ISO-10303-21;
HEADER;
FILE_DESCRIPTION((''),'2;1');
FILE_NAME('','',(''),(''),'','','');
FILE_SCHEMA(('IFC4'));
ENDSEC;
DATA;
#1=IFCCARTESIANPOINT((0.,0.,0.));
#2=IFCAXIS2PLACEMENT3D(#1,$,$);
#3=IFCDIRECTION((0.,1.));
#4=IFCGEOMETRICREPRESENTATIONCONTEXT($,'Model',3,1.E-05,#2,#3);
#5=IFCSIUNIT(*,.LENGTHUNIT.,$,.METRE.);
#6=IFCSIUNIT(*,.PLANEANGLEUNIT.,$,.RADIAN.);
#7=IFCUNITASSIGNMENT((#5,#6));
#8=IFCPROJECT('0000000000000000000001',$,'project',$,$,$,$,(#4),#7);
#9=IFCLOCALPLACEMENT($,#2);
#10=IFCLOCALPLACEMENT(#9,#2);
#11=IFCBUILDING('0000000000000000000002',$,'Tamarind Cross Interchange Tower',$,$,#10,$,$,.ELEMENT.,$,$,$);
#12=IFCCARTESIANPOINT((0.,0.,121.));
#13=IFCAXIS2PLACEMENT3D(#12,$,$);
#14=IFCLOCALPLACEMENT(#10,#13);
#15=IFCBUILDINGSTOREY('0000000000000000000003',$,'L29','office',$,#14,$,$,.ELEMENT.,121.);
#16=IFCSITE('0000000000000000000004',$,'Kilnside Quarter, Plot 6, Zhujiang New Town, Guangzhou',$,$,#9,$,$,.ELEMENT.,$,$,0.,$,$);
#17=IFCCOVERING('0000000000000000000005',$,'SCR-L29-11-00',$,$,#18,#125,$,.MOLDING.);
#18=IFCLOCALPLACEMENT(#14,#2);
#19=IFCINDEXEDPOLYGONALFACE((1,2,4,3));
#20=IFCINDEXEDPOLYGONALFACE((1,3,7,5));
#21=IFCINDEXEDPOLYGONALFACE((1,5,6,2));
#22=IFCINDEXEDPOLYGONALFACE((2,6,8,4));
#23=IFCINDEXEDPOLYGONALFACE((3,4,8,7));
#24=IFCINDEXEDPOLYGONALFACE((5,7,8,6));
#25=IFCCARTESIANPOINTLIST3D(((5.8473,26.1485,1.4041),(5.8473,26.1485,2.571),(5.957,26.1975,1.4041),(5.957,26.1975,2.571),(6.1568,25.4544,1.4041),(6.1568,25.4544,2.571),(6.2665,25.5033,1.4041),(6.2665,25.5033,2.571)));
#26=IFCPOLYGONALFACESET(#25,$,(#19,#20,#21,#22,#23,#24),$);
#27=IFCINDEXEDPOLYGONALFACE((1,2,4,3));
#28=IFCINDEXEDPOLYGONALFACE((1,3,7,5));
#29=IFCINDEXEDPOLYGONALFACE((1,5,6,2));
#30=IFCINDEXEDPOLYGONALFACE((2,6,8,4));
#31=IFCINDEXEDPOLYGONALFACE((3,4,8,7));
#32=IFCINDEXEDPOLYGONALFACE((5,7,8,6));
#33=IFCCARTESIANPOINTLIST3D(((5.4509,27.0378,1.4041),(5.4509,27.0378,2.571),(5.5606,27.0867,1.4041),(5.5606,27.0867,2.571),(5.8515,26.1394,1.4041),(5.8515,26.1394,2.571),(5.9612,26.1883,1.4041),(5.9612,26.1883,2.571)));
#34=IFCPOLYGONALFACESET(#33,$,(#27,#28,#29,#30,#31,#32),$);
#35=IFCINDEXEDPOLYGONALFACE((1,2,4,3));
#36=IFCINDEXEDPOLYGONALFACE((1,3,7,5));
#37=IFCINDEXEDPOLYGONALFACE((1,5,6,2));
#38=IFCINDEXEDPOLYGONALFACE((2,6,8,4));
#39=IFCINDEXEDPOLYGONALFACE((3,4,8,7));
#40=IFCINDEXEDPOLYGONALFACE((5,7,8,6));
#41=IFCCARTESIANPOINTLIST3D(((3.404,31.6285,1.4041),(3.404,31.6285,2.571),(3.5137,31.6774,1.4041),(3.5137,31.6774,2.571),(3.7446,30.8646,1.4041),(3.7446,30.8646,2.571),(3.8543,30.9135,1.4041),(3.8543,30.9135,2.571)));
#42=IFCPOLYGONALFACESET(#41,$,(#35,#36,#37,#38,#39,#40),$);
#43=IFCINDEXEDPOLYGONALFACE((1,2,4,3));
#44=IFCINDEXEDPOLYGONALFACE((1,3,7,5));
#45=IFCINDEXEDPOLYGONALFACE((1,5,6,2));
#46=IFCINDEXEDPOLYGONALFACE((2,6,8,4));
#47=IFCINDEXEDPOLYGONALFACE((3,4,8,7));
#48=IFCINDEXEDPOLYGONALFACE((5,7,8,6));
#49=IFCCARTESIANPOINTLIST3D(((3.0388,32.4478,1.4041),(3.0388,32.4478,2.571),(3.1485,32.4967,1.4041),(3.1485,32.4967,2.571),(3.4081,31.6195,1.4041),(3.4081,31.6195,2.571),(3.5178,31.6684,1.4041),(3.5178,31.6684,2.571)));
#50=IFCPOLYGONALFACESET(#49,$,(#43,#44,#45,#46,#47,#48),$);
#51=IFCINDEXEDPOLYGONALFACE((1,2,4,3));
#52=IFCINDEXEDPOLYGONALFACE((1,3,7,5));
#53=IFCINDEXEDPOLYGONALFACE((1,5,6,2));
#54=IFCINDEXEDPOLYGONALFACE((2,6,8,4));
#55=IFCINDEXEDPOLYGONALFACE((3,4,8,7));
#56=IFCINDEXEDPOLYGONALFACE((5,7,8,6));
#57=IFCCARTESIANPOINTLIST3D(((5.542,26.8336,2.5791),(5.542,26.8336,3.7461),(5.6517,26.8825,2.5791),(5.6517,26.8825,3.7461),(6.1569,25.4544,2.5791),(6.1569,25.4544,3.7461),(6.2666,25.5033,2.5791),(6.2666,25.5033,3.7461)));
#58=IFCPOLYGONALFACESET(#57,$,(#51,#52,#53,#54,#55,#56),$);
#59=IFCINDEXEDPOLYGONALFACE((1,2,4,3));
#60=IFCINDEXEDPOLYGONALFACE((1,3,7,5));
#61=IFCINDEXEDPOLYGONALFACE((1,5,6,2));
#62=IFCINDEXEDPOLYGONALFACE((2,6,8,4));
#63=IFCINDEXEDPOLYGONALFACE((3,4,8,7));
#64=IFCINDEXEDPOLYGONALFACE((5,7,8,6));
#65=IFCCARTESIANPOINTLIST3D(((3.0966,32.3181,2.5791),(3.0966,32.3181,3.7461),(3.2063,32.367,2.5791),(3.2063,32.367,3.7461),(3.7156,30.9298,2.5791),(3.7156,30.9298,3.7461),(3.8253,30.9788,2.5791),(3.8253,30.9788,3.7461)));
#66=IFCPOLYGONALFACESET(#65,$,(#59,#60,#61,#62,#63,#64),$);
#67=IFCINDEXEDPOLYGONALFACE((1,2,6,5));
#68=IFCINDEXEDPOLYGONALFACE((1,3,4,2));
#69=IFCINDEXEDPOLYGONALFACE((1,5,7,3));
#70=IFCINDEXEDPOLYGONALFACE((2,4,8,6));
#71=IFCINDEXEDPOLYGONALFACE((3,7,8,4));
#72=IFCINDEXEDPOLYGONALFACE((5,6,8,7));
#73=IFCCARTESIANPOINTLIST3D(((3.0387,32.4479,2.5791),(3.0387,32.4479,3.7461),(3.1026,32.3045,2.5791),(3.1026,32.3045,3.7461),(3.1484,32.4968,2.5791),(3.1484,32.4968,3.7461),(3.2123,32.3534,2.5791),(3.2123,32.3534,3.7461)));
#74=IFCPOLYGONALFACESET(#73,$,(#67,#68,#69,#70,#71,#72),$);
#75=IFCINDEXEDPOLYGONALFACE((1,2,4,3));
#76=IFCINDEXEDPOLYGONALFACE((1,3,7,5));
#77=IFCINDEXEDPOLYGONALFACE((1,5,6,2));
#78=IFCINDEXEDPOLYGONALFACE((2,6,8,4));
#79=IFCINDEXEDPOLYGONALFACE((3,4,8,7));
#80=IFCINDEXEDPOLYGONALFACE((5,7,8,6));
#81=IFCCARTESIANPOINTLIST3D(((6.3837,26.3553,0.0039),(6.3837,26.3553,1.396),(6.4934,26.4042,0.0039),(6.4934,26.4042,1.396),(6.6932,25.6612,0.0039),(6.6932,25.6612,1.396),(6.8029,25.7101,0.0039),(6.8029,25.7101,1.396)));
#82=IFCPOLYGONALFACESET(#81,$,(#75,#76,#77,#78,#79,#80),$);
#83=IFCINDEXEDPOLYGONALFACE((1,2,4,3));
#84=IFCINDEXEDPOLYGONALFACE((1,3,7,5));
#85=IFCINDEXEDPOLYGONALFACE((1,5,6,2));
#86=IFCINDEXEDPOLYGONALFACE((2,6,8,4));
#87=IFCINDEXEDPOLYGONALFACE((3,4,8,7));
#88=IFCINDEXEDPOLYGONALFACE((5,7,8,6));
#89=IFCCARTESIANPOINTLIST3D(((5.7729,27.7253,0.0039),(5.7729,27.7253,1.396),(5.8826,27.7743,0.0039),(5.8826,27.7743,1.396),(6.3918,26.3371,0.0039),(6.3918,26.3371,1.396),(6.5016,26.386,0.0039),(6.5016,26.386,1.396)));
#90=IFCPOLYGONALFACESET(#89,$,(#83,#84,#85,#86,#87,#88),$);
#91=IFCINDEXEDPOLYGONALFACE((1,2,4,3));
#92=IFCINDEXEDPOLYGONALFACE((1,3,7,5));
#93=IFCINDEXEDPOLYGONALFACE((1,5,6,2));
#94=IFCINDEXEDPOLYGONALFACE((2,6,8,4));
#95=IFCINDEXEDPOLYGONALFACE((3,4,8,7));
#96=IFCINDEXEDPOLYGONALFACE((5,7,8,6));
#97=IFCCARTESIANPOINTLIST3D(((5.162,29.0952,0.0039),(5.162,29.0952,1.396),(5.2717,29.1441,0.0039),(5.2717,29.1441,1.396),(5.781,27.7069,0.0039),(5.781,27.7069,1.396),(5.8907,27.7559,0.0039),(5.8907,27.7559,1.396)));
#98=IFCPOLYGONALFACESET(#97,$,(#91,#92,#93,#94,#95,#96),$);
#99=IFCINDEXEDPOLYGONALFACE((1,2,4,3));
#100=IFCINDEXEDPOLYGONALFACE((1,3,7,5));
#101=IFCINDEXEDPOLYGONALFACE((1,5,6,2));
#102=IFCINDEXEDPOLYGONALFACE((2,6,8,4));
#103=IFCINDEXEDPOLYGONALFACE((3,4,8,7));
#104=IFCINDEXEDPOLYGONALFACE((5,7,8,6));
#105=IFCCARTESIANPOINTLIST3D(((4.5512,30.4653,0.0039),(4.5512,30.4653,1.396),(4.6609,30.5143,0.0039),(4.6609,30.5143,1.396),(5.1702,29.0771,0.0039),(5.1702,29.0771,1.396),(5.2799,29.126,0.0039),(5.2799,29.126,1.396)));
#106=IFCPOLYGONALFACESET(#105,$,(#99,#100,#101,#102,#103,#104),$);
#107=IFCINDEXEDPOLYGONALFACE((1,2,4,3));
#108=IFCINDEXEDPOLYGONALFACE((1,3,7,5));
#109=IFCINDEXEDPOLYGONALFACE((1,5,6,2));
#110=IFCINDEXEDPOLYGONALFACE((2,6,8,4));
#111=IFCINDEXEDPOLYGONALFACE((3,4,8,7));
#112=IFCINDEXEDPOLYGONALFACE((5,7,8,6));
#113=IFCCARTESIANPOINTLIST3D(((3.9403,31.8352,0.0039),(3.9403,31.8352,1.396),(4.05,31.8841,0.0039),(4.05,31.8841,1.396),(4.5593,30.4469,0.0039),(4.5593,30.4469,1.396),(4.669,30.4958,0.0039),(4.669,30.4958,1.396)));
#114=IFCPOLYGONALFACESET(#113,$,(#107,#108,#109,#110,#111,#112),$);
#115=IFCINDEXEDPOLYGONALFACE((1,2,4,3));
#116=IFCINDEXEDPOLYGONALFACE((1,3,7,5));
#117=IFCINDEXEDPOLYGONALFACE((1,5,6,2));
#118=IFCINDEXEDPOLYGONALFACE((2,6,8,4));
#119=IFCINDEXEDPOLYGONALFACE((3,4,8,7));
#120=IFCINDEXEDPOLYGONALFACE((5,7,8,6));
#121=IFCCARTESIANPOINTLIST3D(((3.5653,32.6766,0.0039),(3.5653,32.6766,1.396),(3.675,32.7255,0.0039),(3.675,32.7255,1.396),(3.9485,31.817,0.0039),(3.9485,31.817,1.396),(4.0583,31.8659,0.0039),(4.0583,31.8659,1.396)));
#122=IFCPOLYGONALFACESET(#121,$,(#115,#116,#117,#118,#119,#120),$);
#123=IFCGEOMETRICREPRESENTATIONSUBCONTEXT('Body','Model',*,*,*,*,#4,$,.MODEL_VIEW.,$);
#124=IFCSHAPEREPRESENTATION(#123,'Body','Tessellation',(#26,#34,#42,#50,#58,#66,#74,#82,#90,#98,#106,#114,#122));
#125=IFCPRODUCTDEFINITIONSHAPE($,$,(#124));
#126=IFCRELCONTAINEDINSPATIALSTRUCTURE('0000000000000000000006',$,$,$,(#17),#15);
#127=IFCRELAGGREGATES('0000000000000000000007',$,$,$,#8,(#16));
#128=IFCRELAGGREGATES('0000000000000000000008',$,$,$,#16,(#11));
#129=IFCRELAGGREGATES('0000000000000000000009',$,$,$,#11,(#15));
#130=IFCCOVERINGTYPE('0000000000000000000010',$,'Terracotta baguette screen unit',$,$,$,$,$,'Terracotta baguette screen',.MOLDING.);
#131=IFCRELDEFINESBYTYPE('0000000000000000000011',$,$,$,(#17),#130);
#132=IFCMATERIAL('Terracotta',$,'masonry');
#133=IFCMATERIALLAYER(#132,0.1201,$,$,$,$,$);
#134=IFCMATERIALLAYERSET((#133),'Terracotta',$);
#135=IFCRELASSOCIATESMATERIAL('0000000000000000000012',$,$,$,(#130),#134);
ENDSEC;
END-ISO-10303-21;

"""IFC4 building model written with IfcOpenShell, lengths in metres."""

from ifc_helpers import new_model, si_unit, direction, frame, origin, origin_2d, place, context, subcontext, project, spatial, rectangle, extrude, material, layer, layer_set, type_object, element, save


model = new_model("IFC4")

# Units and contexts
model_context = context("Model", 3, precision=1e-05, world=origin(), true_north=direction((0.0, 1.0)))
body_context = subcontext(model_context, "Body", "Model", "MODEL_VIEW")
ifc_project = project(units=[si_unit("LENGTHUNIT", "METRE"), si_unit("PLANEANGLEUNIT", "RADIAN")], contexts=[model_context])

# Site, building, storey
site_placement = place(None, origin())
site = spatial("IfcSite", under=ifc_project, at=site_placement, Name="Kilnside Quarter, Plot 6, Zhujiang New Town, Guangzhou", CompositionType="ELEMENT", RefElevation=0.0)
building_placement = place(site_placement, origin())
building = spatial("IfcBuilding", under=site, at=building_placement, Name="Tamarind Cross Interchange Tower", CompositionType="ELEMENT")
storey_placement = place(building_placement, frame((0.0, 0.0, 121.0)))
storey = spatial("IfcBuildingStorey", under=building, at=storey_placement, Name="L29", Description="office", CompositionType="ELEMENT", Elevation=121.0)

# Covering
ifc_material_1 = material(Name="Terracotta", Category="masonry")
ifc_layer_1 = layer(ifc_material_1, 0.1201)
ifc_layer_set_1 = layer_set([ifc_layer_1], Name="Terracotta")
covering_type = type_object("IfcCoveringType", Name="Terracotta baguette screen unit", ElementType="Terracotta baguette screen", PredefinedType="MOLDING", material=ifc_layer_set_1)
covering_1_placement = place(storey_placement, origin())
element("IfcCovering", 1, at=covering_1_placement, inside=storey, type_object=covering_type, Name="SCR-L29-11-00", PredefinedType="MOLDING", context=body_context, shape_type="SweptSolid", body=[
    extrude(rectangle(XDim=0.76, YDim=0.1201, at=origin_2d()), frame((6.0569, 25.8259, 1.4041), z_axis=(0.0, 0.0, 1.0), x_axis=(-0.407221, 0.91333, 0.0)), (0.0, 0.0, 1.0), 1.167),
    extrude(rectangle(XDim=0.9836, YDim=0.1201, at=origin_2d()), frame((5.7061, 26.613, 1.4041), z_axis=(0.0, 0.0, 1.0), x_axis=(-0.407221, 0.91333, 0.0)), (0.0, 0.0, 1.0), 1.167),
    extrude(rectangle(XDim=0.8364, YDim=0.1201, at=origin_2d()), frame((3.6292, 31.271, 1.4041), z_axis=(0.0, 0.0, 1.0), x_axis=(-0.407221, 0.91333, 0.0)), (0.0, 0.0, 1.0), 1.167),
    extrude(rectangle(XDim=0.907, YDim=0.1201, at=origin_2d()), frame((3.2783, 32.0581, 1.4041), z_axis=(0.0, 0.0, 1.0), x_axis=(-0.407221, 0.91333, 0.0)), (0.0, 0.0, 1.0), 1.167),
    extrude(rectangle(XDim=1.51, YDim=0.1201, at=origin_2d()), frame((5.9043, 26.1685, 2.5791), z_axis=(0.0, 0.0, 1.0), x_axis=(-0.407221, 0.91333, 0.0)), (0.0, 0.0, 1.0), 1.167),
    extrude(rectangle(XDim=1.52, YDim=0.1201, at=origin_2d()), frame((3.4609, 31.6484, 2.5791), z_axis=(0.0, 0.0, 1.0), x_axis=(-0.407221, 0.91333, 0.0)), (0.0, 0.0, 1.0), 1.167),
    extrude(rectangle(XDim=0.157, YDim=0.1201, at=origin_2d()), frame((3.1255, 32.4006, 2.5791), z_axis=(0.0, 0.0, 1.0), x_axis=(-0.407221, 0.91333, 0.0)), (0.0, 0.0, 1.0), 1.167),
    extrude(rectangle(XDim=0.76, YDim=0.1201, at=origin_2d()), frame((6.5933, 26.0327, 0.0039), z_axis=(0.0, 0.0, 1.0), x_axis=(-0.407221, 0.91333, 0.0)), (0.0, 0.0, 1.0), 1.3921),
    extrude(rectangle(XDim=1.52, YDim=0.1201, at=origin_2d()), frame((6.1372, 27.0557, 0.0039), z_axis=(0.0, 0.0, 1.0), x_axis=(-0.407221, 0.91333, 0.0)), (0.0, 0.0, 1.0), 1.3921),
    extrude(rectangle(XDim=1.52, YDim=0.1201, at=origin_2d()), frame((5.5264, 28.4255, 0.0039), z_axis=(0.0, 0.0, 1.0), x_axis=(-0.407221, 0.91333, 0.0)), (0.0, 0.0, 1.0), 1.3921),
    extrude(rectangle(XDim=1.52, YDim=0.1201, at=origin_2d()), frame((4.9155, 29.7957, 0.0039), z_axis=(0.0, 0.0, 1.0), x_axis=(-0.407221, 0.91333, 0.0)), (0.0, 0.0, 1.0), 1.3921),
    extrude(rectangle(XDim=1.52, YDim=0.1201, at=origin_2d()), frame((4.3047, 31.1655, 0.0039), z_axis=(0.0, 0.0, 1.0), x_axis=(-0.407221, 0.91333, 0.0)), (0.0, 0.0, 1.0), 1.3921),
    extrude(rectangle(XDim=0.9412, YDim=0.1201, at=origin_2d()), frame((3.8118, 32.2712, 0.0039), z_axis=(0.0, 0.0, 1.0), x_axis=(-0.407221, 0.91333, 0.0)), (0.0, 0.0, 1.0), 1.3921),
])

save(model, "model.ifc")
